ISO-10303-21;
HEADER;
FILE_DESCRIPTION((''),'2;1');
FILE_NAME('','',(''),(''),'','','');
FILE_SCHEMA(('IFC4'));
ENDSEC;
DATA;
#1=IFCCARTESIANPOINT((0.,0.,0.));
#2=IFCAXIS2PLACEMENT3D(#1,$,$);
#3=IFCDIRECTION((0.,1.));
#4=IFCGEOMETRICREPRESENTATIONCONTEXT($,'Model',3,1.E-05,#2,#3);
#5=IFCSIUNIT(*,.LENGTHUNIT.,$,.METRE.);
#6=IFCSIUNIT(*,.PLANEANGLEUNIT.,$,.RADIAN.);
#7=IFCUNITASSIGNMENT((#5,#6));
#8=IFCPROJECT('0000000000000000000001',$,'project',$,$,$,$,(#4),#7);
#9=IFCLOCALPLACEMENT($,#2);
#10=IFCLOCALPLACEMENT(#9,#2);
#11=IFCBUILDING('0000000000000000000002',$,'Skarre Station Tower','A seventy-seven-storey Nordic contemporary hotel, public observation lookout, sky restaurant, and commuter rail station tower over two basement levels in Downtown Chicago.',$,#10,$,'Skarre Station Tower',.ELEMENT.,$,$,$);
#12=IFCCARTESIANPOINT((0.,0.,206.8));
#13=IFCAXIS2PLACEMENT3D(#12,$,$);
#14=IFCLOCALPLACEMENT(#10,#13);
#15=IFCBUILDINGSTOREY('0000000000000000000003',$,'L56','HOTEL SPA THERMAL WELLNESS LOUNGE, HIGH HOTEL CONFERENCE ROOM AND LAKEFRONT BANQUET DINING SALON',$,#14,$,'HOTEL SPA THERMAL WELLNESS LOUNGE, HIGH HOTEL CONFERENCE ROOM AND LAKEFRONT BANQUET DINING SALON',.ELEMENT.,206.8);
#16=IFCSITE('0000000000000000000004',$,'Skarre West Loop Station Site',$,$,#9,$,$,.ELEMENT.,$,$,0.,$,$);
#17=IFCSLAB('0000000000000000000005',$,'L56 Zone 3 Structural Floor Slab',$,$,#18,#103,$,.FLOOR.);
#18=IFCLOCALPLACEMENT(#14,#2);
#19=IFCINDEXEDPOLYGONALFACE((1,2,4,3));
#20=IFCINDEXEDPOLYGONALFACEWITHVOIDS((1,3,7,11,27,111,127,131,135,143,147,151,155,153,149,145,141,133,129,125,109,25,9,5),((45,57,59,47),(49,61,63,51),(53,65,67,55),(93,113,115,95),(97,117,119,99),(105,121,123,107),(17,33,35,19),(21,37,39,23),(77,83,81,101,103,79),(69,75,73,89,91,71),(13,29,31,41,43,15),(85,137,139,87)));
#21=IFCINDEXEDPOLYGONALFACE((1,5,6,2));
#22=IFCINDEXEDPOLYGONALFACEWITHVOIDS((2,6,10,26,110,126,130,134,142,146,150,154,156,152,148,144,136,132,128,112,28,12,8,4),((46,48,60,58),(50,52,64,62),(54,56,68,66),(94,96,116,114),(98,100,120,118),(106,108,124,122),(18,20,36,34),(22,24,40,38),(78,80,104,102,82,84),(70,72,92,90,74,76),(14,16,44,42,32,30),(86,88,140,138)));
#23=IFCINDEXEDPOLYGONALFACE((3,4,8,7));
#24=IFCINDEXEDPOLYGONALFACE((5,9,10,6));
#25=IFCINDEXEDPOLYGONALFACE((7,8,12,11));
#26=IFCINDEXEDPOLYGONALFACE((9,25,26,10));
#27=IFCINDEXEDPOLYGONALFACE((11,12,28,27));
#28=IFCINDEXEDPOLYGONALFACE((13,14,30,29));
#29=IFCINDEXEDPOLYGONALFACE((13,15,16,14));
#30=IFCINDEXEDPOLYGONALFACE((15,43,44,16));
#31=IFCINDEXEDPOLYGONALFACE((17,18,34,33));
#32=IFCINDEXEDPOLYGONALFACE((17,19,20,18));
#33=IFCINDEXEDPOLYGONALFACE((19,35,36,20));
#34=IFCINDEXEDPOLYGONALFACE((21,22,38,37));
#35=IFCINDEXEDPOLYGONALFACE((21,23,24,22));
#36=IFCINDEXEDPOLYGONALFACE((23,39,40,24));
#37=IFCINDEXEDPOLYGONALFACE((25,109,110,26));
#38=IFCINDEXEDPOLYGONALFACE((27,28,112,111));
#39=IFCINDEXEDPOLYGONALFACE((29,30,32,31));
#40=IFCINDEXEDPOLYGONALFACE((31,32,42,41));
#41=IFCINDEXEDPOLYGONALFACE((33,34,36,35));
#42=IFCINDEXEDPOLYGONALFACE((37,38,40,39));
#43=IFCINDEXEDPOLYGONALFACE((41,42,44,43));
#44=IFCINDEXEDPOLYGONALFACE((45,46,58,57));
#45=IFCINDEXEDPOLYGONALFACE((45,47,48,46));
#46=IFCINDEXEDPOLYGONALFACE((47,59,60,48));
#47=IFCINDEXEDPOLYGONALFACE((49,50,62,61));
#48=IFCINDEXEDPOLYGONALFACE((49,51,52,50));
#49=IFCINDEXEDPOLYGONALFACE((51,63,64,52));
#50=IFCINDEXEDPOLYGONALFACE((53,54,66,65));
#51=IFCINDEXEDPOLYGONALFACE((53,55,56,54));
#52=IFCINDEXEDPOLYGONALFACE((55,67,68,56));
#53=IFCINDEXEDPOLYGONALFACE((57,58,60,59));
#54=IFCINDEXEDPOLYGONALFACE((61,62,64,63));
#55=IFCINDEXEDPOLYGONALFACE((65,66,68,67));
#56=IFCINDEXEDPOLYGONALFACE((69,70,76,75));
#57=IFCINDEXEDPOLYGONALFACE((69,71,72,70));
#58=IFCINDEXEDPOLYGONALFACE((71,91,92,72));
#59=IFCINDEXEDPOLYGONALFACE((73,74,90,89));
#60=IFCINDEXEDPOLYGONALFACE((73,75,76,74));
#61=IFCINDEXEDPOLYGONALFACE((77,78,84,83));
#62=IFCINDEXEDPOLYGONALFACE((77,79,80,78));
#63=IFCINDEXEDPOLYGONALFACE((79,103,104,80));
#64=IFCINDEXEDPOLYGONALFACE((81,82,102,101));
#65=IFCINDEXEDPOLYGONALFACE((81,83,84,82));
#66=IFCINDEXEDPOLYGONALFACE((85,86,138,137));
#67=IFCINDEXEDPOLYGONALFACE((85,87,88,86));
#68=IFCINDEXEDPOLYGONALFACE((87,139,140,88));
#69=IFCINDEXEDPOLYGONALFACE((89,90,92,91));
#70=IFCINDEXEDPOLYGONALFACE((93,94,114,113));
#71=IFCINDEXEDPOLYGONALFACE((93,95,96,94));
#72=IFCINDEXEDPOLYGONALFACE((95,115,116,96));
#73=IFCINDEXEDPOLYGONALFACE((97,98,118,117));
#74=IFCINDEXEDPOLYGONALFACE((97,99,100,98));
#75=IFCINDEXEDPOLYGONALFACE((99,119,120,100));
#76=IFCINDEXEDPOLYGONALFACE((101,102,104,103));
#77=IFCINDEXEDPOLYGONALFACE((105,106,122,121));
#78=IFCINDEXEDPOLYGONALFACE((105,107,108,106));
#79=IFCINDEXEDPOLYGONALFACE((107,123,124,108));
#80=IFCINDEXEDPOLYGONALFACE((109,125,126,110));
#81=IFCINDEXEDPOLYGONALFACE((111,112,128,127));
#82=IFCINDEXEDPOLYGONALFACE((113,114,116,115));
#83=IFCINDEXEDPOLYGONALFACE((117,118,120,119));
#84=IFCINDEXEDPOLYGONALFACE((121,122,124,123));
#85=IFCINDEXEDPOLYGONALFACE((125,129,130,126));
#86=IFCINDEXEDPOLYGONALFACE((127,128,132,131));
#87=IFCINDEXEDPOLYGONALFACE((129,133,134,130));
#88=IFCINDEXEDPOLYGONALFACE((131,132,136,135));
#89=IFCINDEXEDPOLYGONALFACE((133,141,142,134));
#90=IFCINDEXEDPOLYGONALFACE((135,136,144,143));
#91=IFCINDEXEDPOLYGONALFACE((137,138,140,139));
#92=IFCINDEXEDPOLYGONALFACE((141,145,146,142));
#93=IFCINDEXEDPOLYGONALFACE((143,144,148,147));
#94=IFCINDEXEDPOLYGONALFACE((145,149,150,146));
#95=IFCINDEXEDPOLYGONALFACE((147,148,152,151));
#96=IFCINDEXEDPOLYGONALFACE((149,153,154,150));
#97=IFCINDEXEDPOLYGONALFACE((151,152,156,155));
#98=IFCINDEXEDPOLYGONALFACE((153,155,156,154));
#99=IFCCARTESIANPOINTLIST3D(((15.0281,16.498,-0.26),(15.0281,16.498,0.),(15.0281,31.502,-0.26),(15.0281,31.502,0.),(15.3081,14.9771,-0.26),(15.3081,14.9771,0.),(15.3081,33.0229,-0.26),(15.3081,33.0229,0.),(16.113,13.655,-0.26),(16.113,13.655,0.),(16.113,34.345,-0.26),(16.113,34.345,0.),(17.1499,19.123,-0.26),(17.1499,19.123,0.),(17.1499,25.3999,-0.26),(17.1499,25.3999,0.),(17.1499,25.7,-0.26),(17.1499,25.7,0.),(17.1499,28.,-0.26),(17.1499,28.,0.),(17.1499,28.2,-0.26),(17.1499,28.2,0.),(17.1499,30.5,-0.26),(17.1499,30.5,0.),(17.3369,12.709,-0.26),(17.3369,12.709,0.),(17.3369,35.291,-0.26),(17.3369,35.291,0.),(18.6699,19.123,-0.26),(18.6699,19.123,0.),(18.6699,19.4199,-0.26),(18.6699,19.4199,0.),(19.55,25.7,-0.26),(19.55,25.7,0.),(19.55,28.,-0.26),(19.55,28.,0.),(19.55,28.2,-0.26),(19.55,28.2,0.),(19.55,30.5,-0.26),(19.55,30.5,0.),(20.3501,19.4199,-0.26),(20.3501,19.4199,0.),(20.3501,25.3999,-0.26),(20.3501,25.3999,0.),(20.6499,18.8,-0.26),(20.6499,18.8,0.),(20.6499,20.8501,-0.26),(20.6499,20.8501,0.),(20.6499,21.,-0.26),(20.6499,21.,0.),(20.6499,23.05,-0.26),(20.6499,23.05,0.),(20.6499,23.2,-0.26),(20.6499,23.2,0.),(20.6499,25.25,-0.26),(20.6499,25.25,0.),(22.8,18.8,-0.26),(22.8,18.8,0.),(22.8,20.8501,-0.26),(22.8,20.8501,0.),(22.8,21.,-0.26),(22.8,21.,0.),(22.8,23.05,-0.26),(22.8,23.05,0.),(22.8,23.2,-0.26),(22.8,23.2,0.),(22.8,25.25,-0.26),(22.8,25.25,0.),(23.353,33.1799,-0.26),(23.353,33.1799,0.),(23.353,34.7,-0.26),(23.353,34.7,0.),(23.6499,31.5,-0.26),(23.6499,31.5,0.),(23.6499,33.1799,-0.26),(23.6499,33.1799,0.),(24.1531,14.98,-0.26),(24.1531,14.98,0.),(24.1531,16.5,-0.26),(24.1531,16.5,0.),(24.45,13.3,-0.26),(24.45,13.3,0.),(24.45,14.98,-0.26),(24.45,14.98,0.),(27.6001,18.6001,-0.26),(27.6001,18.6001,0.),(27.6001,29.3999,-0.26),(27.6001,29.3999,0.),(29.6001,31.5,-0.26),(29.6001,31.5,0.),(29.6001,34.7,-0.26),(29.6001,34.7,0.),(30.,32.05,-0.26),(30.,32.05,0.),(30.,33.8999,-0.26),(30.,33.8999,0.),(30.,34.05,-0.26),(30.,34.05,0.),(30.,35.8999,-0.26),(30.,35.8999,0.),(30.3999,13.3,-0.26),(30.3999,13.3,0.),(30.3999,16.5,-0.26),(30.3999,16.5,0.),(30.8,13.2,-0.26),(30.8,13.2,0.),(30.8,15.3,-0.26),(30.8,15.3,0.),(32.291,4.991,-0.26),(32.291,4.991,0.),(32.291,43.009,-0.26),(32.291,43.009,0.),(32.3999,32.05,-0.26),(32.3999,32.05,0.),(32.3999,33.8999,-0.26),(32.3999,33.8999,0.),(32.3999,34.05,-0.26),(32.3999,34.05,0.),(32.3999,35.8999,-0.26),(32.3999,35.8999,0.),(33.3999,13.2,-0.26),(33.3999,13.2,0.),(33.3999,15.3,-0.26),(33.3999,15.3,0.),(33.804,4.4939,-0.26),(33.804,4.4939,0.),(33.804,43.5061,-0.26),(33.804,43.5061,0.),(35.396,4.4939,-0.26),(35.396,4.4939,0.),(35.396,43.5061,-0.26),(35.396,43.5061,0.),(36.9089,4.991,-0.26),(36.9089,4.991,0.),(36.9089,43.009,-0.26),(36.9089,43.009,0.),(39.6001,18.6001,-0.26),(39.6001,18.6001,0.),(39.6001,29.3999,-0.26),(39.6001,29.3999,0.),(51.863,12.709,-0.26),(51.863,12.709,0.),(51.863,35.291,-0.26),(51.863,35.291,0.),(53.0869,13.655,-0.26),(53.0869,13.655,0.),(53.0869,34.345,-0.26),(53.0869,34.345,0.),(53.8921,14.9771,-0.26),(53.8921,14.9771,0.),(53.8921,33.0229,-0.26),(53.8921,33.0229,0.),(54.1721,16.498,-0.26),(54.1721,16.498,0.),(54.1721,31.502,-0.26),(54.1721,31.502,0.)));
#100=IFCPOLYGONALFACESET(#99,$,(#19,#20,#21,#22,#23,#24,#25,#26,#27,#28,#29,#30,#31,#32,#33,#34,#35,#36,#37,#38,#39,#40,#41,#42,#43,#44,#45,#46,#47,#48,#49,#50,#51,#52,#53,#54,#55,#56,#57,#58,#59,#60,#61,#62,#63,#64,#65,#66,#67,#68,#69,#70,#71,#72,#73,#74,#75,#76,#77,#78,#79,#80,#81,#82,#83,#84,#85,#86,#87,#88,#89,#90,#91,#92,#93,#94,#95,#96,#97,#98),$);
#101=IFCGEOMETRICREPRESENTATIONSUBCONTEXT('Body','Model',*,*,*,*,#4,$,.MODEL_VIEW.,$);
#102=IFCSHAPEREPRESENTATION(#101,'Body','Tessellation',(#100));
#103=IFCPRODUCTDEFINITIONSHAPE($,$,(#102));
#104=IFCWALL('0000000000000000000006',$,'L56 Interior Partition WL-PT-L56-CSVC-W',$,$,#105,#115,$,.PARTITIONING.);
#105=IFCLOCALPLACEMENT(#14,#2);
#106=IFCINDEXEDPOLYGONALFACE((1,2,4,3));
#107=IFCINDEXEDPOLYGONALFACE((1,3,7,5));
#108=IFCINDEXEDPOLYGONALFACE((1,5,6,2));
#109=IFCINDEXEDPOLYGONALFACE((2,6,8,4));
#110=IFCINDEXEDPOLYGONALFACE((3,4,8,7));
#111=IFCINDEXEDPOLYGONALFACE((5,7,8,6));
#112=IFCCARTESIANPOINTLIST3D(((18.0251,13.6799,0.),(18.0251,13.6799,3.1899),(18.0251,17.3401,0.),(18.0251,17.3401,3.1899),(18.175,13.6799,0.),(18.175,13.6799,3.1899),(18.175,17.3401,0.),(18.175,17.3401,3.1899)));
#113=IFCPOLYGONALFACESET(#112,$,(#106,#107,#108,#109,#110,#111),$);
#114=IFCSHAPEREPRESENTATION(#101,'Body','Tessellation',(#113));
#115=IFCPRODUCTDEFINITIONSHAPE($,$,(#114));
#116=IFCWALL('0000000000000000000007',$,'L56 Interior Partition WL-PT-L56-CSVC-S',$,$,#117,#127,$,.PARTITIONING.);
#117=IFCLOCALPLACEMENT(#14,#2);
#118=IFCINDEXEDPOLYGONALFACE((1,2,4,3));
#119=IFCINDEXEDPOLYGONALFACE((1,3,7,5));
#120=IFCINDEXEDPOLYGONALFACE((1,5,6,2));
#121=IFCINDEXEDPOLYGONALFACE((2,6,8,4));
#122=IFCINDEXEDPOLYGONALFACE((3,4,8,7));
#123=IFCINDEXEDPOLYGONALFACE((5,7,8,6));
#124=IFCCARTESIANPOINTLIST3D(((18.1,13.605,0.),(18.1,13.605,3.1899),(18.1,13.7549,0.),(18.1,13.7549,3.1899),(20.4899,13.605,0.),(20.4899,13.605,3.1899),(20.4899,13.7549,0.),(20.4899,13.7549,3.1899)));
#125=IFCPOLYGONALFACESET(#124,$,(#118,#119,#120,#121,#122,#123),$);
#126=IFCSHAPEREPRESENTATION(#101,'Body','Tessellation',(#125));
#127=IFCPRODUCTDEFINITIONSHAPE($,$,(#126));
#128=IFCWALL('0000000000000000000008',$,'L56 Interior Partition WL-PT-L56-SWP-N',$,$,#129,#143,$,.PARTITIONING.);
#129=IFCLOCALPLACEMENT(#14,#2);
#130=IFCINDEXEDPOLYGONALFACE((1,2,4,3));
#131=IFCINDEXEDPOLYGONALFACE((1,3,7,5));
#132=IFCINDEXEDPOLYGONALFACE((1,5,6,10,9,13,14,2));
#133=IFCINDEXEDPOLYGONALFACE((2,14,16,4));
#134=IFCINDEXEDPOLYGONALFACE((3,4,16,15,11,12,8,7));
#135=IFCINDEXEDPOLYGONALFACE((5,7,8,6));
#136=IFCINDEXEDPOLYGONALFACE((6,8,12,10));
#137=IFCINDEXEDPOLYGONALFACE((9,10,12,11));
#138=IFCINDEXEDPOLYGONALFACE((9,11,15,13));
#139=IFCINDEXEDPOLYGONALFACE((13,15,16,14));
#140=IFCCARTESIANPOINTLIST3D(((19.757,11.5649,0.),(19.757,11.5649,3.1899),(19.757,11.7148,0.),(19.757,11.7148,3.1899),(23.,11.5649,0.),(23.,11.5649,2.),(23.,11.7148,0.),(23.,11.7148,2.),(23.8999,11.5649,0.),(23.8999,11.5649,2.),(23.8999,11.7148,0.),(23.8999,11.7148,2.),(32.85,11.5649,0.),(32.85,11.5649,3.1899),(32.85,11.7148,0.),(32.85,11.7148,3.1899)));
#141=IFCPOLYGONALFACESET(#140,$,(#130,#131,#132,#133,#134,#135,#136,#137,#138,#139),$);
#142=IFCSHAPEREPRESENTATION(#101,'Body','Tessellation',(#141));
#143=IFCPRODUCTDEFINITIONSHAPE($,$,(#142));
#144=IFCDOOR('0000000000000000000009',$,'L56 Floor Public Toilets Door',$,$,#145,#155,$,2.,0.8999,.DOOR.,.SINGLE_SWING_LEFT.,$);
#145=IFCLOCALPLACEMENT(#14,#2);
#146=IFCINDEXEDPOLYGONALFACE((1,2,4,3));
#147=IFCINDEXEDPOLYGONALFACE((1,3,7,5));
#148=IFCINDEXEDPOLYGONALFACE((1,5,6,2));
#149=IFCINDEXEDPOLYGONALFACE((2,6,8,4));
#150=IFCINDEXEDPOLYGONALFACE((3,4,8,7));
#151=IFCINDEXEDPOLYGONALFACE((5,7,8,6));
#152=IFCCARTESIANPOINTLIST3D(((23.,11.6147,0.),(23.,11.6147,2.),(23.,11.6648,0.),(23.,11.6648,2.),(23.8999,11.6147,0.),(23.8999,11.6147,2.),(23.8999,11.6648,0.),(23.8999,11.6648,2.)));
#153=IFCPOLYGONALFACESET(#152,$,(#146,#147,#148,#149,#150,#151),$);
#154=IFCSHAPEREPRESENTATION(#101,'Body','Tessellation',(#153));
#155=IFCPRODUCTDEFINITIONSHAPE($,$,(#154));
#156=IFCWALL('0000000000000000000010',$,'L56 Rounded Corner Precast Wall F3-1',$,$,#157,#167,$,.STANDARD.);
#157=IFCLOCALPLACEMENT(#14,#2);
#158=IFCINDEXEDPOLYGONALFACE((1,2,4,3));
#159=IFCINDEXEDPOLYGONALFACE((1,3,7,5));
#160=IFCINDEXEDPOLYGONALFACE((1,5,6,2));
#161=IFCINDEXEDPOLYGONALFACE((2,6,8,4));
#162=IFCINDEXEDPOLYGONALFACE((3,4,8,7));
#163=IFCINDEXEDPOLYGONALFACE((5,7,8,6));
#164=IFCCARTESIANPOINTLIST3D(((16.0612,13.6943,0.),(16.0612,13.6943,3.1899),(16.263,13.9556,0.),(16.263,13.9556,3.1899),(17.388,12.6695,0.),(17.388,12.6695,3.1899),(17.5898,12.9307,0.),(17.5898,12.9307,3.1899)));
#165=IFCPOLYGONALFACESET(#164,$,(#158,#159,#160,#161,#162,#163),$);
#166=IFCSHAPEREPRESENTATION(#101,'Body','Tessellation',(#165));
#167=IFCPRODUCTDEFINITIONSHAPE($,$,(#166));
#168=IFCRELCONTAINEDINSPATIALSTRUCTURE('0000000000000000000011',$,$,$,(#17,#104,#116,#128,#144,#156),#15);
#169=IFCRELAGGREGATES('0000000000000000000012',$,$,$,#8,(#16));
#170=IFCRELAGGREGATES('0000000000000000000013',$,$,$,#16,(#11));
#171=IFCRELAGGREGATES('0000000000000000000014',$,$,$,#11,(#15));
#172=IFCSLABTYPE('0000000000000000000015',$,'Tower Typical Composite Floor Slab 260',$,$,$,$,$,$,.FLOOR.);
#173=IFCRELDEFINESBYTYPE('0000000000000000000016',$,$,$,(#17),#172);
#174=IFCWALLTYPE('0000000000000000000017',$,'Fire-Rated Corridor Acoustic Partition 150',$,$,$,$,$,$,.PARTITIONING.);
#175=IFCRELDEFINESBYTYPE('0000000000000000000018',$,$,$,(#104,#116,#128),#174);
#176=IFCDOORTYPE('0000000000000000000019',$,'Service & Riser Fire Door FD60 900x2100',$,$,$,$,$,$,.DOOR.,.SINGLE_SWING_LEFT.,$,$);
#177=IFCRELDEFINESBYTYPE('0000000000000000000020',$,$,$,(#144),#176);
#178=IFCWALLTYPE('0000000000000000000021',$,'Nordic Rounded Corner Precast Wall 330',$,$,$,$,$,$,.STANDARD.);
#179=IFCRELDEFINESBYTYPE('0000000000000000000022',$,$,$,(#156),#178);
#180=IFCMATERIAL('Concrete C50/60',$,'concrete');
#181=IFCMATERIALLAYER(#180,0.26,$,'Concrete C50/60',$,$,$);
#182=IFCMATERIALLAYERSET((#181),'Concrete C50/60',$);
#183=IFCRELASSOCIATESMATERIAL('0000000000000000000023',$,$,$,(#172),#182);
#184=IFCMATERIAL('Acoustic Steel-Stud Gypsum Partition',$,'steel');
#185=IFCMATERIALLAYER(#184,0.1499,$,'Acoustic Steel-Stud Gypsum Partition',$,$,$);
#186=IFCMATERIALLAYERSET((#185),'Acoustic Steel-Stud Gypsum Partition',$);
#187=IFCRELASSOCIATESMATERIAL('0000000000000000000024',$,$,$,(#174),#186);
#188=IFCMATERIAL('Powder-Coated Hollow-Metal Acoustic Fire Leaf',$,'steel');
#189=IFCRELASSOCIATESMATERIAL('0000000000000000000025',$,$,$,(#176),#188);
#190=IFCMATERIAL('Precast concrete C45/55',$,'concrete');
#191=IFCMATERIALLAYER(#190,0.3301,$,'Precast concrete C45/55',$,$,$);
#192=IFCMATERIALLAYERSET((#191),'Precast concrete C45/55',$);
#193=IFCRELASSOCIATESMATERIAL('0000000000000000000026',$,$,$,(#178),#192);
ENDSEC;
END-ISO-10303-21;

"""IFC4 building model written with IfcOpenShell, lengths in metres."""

from ifc_helpers import new_model, si_unit, direction, frame, frame_2d, origin, place, context, subcontext, project, spatial, polyline, rectangle, outline, extrude, material, layer, layer_set, type_object, element, fill, save


model = new_model("IFC4")

# Units and contexts
model_context = context("Model", 3, precision=1e-05, world=origin(), true_north=direction((0.0, 1.0)))
body_context = subcontext(model_context, "Body", "Model", "MODEL_VIEW")
ifc_project = project(units=[si_unit("LENGTHUNIT", "METRE"), si_unit("PLANEANGLEUNIT", "RADIAN")], contexts=[model_context])

# Site, building, storey
site_placement = place(None, origin())
site = spatial("IfcSite", under=ifc_project, at=site_placement, Name="Skarre West Loop Station Site", CompositionType="ELEMENT", RefElevation=0.0)
building_placement = place(site_placement, origin())
building = spatial("IfcBuilding", under=site, at=building_placement, Name="Skarre Station Tower", Description="A seventy-seven-storey Nordic contemporary hotel, public observation lookout, sky restaurant, and commuter rail station tower over two basement levels in Downtown Chicago.", LongName="Skarre Station Tower", CompositionType="ELEMENT")
storey_placement = place(building_placement, frame((0.0, 0.0, 206.8)))
storey = spatial("IfcBuildingStorey", under=building, at=storey_placement, Name="L56", Description="HOTEL SPA THERMAL WELLNESS LOUNGE, HIGH HOTEL CONFERENCE ROOM AND LAKEFRONT BANQUET DINING SALON", LongName="HOTEL SPA THERMAL WELLNESS LOUNGE, HIGH HOTEL CONFERENCE ROOM AND LAKEFRONT BANQUET DINING SALON", CompositionType="ELEMENT", Elevation=206.8)

# Shared definitions
ifc_material_1 = material(Name="Concrete C50/60", Category="concrete")

# Slab
ifc_layer_1 = layer(ifc_material_1, 0.26, Name="Concrete C50/60")
ifc_layer_set_1 = layer_set([ifc_layer_1], Name="Concrete C50/60")
slab_type_1 = type_object("IfcSlabType", Name="Tower Typical Composite Floor Slab 260", PredefinedType="FLOOR", material=ifc_layer_set_1)
slab_1_placement = place(storey_placement, frame((0.0, 0.0, -0.26)))
element("IfcSlab", 1, at=slab_1_placement, inside=storey, type_object=slab_type_1, Name="L56 Zone 3 Structural Floor Slab", PredefinedType="FLOOR", context=body_context, shape_type="SweptSolid", body=[
    extrude(outline(polyline([(54.1721, 31.502), (53.8921, 33.0229), (53.0869, 34.345), (51.863, 35.291), (36.9089, 43.009), (35.396, 43.5061), (33.804, 43.5061), (32.291, 43.009), (17.3369, 35.291), (16.113, 34.345), (15.3081, 33.0229), (15.0281, 31.502), (15.0281, 16.498), (15.3081, 14.9771), (16.113, 13.655), (17.3369, 12.709), (32.291, 4.991), (33.804, 4.4939), (35.396, 4.4939), (36.9089, 4.991), (51.863, 12.709), (53.0869, 13.655), (53.8921, 14.9771), (54.1721, 16.498), (54.1721, 31.502)]), holes=[polyline([(18.6699, 19.4199), (18.6699, 19.123), (17.1499, 19.123), (17.1499, 25.3999), (20.3501, 25.3999), (20.3501, 19.4199), (18.6699, 19.4199)]), polyline([(24.45, 14.98), (24.1531, 14.98), (24.1531, 16.5), (30.3999, 16.5), (30.3999, 13.3), (24.45, 13.3), (24.45, 14.98)]), polyline([(23.6499, 33.1799), (23.353, 33.1799), (23.353, 34.7), (29.6001, 34.7), (29.6001, 31.5), (23.6499, 31.5), (23.6499, 33.1799)]), polyline([(17.1499, 28.0), (19.55, 28.0), (19.55, 25.7), (17.1499, 25.7), (17.1499, 28.0)]), polyline([(17.1499, 30.5), (19.55, 30.5), (19.55, 28.2), (17.1499, 28.2), (17.1499, 30.5)]), polyline([(30.8, 15.3), (33.3999, 15.3), (33.3999, 13.2), (30.8, 13.2), (30.8, 15.3)]), polyline([(20.6499, 20.8501), (22.8, 20.8501), (22.8, 18.8), (20.6499, 18.8), (20.6499, 20.8501)]), polyline([(20.6499, 23.05), (22.8, 23.05), (22.8, 21.0), (20.6499, 21.0), (20.6499, 23.05)]), polyline([(20.6499, 25.25), (22.8, 25.25), (22.8, 23.2), (20.6499, 23.2), (20.6499, 25.25)]), polyline([(30.0, 33.8999), (32.3999, 33.8999), (32.3999, 32.05), (30.0, 32.05), (30.0, 33.8999)]), polyline([(30.0, 35.8999), (32.3999, 35.8999), (32.3999, 34.05), (30.0, 34.05), (30.0, 35.8999)]), polyline([(27.6001, 29.3999), (39.6001, 29.3999), (39.6001, 18.6001), (27.6001, 18.6001), (27.6001, 29.3999)])]), origin(), (0.0, 0.0, 1.0), 0.26),
])

# Walls
ifc_material_2 = material(Name="Acoustic Steel-Stud Gypsum Partition", Category="steel")
ifc_layer_2 = layer(ifc_material_2, 0.1499, Name="Acoustic Steel-Stud Gypsum Partition")
ifc_layer_set_2 = layer_set([ifc_layer_2], Name="Acoustic Steel-Stud Gypsum Partition")
wall_type_1 = type_object("IfcWallType", Name="Fire-Rated Corridor Acoustic Partition 150", PredefinedType="PARTITIONING", material=ifc_layer_set_2)
wall_1_placement = place(storey_placement, frame((18.1001, 17.3401, 0.0), z_axis=(0.0, 0.0, 1.0), x_axis=(0.0, -1.0, 0.0)))
element("IfcWall", 2, at=wall_1_placement, inside=storey, type_object=wall_type_1, Name="L56 Interior Partition WL-PT-L56-CSVC-W", PredefinedType="PARTITIONING", context=body_context, shape_type="SweptSolid", body=[
    extrude(rectangle(XDim=3.6602, YDim=0.1499, at=frame_2d((1.8301, 0.0))), origin(), (0.0, 0.0, 1.0), 3.1899),
])
wall_2_placement = place(storey_placement, frame((18.1001, 13.6799, 0.0), z_axis=(0.0, 0.0, 1.0), x_axis=(1.0, 0.0, 0.0)))
element("IfcWall", 3, at=wall_2_placement, inside=storey, type_object=wall_type_1, Name="L56 Interior Partition WL-PT-L56-CSVC-S", PredefinedType="PARTITIONING", context=body_context, shape_type="SweptSolid", body=[
    extrude(rectangle(XDim=2.3899, YDim=0.1499, at=frame_2d((1.1948, 0.0))), origin(), (0.0, 0.0, 1.0), 3.1899),
])

# Wall, opening, door
wall_3_placement = place(storey_placement, frame((19.7571, 11.6399, 0.0), z_axis=(0.0, 0.0, 1.0), x_axis=(1.0, 0.0, 0.0)))
wall_3 = element("IfcWall", 4, at=wall_3_placement, inside=storey, type_object=wall_type_1, Name="L56 Interior Partition WL-PT-L56-SWP-N", PredefinedType="PARTITIONING", context=body_context, shape_type="SweptSolid", body=[
    extrude(rectangle(XDim=13.093, YDim=0.1499, at=frame_2d((6.5464, 0.0))), origin(), (0.0, 0.0, 1.0), 3.1899),
])
opening_1_placement = place(wall_3_placement, frame((3.2429, 0.0, 0.0)))
opening_1 = element("IfcOpeningElement", 5, at=opening_1_placement, cuts=wall_3, PredefinedType="OPENING", context=body_context, shape_type="SweptSolid", body=[
    extrude(rectangle(XDim=0.8999, YDim=2.0, at=frame_2d((0.45, 1.0))), frame((0.0, 0.085, 0.0), z_axis=(0.0, -1.0, 0.0), x_axis=(1.0, 0.0, 0.0)), (0.0, 0.0, 1.0), 0.1699),
])
ifc_material_3 = material(Name="Powder-Coated Hollow-Metal Acoustic Fire Leaf", Category="steel")
door_type = type_object("IfcDoorType", Name="Service & Riser Fire Door FD60 900x2100", OperationType="SINGLE_SWING_LEFT", PredefinedType="DOOR", material=ifc_material_3)
door_placement = place(opening_1_placement, origin())
door = element("IfcDoor", 6, at=door_placement, inside=storey, type_object=door_type, Name="L56 Floor Public Toilets Door", OperationType="SINGLE_SWING_LEFT", OverallHeight=2.0, OverallWidth=0.8999, PredefinedType="DOOR", context=body_context, shape_type="SweptSolid", body=[
    extrude(rectangle(XDim=0.8999, YDim=2.0, at=frame_2d((0.45, 1.0))), frame((0.0, 0.0249, 0.0), z_axis=(0.0, -1.0, 0.0), x_axis=(1.0, 0.0, 0.0)), (0.0, 0.0, 1.0), 0.05),
])
fill(opening_1, door)

# Wall
ifc_material_4 = material(Name="Precast concrete C45/55", Category="concrete")
ifc_layer_3 = layer(ifc_material_4, 0.3301, Name="Precast concrete C45/55")
ifc_layer_set_3 = layer_set([ifc_layer_3], Name="Precast concrete C45/55")
wall_type_2 = type_object("IfcWallType", Name="Nordic Rounded Corner Precast Wall 330", PredefinedType="STANDARD", material=ifc_layer_set_3)
wall_4_placement = place(storey_placement, frame((17.489, 12.8, 0.0), z_axis=(0.0, 0.0, 1.0), x_axis=(-0.79141, 0.611286, 0.0)))
element("IfcWall", 7, at=wall_4_placement, inside=storey, type_object=wall_type_2, Name="L56 Rounded Corner Precast Wall F3-1", PredefinedType="STANDARD", context=body_context, shape_type="SweptSolid", body=[
    extrude(rectangle(XDim=1.6765, YDim=0.3301, at=frame_2d((0.8384, 0.0))), origin(), (0.0, 0.0, 1.0), 3.1899),
])

save(model, "model.ifc")
